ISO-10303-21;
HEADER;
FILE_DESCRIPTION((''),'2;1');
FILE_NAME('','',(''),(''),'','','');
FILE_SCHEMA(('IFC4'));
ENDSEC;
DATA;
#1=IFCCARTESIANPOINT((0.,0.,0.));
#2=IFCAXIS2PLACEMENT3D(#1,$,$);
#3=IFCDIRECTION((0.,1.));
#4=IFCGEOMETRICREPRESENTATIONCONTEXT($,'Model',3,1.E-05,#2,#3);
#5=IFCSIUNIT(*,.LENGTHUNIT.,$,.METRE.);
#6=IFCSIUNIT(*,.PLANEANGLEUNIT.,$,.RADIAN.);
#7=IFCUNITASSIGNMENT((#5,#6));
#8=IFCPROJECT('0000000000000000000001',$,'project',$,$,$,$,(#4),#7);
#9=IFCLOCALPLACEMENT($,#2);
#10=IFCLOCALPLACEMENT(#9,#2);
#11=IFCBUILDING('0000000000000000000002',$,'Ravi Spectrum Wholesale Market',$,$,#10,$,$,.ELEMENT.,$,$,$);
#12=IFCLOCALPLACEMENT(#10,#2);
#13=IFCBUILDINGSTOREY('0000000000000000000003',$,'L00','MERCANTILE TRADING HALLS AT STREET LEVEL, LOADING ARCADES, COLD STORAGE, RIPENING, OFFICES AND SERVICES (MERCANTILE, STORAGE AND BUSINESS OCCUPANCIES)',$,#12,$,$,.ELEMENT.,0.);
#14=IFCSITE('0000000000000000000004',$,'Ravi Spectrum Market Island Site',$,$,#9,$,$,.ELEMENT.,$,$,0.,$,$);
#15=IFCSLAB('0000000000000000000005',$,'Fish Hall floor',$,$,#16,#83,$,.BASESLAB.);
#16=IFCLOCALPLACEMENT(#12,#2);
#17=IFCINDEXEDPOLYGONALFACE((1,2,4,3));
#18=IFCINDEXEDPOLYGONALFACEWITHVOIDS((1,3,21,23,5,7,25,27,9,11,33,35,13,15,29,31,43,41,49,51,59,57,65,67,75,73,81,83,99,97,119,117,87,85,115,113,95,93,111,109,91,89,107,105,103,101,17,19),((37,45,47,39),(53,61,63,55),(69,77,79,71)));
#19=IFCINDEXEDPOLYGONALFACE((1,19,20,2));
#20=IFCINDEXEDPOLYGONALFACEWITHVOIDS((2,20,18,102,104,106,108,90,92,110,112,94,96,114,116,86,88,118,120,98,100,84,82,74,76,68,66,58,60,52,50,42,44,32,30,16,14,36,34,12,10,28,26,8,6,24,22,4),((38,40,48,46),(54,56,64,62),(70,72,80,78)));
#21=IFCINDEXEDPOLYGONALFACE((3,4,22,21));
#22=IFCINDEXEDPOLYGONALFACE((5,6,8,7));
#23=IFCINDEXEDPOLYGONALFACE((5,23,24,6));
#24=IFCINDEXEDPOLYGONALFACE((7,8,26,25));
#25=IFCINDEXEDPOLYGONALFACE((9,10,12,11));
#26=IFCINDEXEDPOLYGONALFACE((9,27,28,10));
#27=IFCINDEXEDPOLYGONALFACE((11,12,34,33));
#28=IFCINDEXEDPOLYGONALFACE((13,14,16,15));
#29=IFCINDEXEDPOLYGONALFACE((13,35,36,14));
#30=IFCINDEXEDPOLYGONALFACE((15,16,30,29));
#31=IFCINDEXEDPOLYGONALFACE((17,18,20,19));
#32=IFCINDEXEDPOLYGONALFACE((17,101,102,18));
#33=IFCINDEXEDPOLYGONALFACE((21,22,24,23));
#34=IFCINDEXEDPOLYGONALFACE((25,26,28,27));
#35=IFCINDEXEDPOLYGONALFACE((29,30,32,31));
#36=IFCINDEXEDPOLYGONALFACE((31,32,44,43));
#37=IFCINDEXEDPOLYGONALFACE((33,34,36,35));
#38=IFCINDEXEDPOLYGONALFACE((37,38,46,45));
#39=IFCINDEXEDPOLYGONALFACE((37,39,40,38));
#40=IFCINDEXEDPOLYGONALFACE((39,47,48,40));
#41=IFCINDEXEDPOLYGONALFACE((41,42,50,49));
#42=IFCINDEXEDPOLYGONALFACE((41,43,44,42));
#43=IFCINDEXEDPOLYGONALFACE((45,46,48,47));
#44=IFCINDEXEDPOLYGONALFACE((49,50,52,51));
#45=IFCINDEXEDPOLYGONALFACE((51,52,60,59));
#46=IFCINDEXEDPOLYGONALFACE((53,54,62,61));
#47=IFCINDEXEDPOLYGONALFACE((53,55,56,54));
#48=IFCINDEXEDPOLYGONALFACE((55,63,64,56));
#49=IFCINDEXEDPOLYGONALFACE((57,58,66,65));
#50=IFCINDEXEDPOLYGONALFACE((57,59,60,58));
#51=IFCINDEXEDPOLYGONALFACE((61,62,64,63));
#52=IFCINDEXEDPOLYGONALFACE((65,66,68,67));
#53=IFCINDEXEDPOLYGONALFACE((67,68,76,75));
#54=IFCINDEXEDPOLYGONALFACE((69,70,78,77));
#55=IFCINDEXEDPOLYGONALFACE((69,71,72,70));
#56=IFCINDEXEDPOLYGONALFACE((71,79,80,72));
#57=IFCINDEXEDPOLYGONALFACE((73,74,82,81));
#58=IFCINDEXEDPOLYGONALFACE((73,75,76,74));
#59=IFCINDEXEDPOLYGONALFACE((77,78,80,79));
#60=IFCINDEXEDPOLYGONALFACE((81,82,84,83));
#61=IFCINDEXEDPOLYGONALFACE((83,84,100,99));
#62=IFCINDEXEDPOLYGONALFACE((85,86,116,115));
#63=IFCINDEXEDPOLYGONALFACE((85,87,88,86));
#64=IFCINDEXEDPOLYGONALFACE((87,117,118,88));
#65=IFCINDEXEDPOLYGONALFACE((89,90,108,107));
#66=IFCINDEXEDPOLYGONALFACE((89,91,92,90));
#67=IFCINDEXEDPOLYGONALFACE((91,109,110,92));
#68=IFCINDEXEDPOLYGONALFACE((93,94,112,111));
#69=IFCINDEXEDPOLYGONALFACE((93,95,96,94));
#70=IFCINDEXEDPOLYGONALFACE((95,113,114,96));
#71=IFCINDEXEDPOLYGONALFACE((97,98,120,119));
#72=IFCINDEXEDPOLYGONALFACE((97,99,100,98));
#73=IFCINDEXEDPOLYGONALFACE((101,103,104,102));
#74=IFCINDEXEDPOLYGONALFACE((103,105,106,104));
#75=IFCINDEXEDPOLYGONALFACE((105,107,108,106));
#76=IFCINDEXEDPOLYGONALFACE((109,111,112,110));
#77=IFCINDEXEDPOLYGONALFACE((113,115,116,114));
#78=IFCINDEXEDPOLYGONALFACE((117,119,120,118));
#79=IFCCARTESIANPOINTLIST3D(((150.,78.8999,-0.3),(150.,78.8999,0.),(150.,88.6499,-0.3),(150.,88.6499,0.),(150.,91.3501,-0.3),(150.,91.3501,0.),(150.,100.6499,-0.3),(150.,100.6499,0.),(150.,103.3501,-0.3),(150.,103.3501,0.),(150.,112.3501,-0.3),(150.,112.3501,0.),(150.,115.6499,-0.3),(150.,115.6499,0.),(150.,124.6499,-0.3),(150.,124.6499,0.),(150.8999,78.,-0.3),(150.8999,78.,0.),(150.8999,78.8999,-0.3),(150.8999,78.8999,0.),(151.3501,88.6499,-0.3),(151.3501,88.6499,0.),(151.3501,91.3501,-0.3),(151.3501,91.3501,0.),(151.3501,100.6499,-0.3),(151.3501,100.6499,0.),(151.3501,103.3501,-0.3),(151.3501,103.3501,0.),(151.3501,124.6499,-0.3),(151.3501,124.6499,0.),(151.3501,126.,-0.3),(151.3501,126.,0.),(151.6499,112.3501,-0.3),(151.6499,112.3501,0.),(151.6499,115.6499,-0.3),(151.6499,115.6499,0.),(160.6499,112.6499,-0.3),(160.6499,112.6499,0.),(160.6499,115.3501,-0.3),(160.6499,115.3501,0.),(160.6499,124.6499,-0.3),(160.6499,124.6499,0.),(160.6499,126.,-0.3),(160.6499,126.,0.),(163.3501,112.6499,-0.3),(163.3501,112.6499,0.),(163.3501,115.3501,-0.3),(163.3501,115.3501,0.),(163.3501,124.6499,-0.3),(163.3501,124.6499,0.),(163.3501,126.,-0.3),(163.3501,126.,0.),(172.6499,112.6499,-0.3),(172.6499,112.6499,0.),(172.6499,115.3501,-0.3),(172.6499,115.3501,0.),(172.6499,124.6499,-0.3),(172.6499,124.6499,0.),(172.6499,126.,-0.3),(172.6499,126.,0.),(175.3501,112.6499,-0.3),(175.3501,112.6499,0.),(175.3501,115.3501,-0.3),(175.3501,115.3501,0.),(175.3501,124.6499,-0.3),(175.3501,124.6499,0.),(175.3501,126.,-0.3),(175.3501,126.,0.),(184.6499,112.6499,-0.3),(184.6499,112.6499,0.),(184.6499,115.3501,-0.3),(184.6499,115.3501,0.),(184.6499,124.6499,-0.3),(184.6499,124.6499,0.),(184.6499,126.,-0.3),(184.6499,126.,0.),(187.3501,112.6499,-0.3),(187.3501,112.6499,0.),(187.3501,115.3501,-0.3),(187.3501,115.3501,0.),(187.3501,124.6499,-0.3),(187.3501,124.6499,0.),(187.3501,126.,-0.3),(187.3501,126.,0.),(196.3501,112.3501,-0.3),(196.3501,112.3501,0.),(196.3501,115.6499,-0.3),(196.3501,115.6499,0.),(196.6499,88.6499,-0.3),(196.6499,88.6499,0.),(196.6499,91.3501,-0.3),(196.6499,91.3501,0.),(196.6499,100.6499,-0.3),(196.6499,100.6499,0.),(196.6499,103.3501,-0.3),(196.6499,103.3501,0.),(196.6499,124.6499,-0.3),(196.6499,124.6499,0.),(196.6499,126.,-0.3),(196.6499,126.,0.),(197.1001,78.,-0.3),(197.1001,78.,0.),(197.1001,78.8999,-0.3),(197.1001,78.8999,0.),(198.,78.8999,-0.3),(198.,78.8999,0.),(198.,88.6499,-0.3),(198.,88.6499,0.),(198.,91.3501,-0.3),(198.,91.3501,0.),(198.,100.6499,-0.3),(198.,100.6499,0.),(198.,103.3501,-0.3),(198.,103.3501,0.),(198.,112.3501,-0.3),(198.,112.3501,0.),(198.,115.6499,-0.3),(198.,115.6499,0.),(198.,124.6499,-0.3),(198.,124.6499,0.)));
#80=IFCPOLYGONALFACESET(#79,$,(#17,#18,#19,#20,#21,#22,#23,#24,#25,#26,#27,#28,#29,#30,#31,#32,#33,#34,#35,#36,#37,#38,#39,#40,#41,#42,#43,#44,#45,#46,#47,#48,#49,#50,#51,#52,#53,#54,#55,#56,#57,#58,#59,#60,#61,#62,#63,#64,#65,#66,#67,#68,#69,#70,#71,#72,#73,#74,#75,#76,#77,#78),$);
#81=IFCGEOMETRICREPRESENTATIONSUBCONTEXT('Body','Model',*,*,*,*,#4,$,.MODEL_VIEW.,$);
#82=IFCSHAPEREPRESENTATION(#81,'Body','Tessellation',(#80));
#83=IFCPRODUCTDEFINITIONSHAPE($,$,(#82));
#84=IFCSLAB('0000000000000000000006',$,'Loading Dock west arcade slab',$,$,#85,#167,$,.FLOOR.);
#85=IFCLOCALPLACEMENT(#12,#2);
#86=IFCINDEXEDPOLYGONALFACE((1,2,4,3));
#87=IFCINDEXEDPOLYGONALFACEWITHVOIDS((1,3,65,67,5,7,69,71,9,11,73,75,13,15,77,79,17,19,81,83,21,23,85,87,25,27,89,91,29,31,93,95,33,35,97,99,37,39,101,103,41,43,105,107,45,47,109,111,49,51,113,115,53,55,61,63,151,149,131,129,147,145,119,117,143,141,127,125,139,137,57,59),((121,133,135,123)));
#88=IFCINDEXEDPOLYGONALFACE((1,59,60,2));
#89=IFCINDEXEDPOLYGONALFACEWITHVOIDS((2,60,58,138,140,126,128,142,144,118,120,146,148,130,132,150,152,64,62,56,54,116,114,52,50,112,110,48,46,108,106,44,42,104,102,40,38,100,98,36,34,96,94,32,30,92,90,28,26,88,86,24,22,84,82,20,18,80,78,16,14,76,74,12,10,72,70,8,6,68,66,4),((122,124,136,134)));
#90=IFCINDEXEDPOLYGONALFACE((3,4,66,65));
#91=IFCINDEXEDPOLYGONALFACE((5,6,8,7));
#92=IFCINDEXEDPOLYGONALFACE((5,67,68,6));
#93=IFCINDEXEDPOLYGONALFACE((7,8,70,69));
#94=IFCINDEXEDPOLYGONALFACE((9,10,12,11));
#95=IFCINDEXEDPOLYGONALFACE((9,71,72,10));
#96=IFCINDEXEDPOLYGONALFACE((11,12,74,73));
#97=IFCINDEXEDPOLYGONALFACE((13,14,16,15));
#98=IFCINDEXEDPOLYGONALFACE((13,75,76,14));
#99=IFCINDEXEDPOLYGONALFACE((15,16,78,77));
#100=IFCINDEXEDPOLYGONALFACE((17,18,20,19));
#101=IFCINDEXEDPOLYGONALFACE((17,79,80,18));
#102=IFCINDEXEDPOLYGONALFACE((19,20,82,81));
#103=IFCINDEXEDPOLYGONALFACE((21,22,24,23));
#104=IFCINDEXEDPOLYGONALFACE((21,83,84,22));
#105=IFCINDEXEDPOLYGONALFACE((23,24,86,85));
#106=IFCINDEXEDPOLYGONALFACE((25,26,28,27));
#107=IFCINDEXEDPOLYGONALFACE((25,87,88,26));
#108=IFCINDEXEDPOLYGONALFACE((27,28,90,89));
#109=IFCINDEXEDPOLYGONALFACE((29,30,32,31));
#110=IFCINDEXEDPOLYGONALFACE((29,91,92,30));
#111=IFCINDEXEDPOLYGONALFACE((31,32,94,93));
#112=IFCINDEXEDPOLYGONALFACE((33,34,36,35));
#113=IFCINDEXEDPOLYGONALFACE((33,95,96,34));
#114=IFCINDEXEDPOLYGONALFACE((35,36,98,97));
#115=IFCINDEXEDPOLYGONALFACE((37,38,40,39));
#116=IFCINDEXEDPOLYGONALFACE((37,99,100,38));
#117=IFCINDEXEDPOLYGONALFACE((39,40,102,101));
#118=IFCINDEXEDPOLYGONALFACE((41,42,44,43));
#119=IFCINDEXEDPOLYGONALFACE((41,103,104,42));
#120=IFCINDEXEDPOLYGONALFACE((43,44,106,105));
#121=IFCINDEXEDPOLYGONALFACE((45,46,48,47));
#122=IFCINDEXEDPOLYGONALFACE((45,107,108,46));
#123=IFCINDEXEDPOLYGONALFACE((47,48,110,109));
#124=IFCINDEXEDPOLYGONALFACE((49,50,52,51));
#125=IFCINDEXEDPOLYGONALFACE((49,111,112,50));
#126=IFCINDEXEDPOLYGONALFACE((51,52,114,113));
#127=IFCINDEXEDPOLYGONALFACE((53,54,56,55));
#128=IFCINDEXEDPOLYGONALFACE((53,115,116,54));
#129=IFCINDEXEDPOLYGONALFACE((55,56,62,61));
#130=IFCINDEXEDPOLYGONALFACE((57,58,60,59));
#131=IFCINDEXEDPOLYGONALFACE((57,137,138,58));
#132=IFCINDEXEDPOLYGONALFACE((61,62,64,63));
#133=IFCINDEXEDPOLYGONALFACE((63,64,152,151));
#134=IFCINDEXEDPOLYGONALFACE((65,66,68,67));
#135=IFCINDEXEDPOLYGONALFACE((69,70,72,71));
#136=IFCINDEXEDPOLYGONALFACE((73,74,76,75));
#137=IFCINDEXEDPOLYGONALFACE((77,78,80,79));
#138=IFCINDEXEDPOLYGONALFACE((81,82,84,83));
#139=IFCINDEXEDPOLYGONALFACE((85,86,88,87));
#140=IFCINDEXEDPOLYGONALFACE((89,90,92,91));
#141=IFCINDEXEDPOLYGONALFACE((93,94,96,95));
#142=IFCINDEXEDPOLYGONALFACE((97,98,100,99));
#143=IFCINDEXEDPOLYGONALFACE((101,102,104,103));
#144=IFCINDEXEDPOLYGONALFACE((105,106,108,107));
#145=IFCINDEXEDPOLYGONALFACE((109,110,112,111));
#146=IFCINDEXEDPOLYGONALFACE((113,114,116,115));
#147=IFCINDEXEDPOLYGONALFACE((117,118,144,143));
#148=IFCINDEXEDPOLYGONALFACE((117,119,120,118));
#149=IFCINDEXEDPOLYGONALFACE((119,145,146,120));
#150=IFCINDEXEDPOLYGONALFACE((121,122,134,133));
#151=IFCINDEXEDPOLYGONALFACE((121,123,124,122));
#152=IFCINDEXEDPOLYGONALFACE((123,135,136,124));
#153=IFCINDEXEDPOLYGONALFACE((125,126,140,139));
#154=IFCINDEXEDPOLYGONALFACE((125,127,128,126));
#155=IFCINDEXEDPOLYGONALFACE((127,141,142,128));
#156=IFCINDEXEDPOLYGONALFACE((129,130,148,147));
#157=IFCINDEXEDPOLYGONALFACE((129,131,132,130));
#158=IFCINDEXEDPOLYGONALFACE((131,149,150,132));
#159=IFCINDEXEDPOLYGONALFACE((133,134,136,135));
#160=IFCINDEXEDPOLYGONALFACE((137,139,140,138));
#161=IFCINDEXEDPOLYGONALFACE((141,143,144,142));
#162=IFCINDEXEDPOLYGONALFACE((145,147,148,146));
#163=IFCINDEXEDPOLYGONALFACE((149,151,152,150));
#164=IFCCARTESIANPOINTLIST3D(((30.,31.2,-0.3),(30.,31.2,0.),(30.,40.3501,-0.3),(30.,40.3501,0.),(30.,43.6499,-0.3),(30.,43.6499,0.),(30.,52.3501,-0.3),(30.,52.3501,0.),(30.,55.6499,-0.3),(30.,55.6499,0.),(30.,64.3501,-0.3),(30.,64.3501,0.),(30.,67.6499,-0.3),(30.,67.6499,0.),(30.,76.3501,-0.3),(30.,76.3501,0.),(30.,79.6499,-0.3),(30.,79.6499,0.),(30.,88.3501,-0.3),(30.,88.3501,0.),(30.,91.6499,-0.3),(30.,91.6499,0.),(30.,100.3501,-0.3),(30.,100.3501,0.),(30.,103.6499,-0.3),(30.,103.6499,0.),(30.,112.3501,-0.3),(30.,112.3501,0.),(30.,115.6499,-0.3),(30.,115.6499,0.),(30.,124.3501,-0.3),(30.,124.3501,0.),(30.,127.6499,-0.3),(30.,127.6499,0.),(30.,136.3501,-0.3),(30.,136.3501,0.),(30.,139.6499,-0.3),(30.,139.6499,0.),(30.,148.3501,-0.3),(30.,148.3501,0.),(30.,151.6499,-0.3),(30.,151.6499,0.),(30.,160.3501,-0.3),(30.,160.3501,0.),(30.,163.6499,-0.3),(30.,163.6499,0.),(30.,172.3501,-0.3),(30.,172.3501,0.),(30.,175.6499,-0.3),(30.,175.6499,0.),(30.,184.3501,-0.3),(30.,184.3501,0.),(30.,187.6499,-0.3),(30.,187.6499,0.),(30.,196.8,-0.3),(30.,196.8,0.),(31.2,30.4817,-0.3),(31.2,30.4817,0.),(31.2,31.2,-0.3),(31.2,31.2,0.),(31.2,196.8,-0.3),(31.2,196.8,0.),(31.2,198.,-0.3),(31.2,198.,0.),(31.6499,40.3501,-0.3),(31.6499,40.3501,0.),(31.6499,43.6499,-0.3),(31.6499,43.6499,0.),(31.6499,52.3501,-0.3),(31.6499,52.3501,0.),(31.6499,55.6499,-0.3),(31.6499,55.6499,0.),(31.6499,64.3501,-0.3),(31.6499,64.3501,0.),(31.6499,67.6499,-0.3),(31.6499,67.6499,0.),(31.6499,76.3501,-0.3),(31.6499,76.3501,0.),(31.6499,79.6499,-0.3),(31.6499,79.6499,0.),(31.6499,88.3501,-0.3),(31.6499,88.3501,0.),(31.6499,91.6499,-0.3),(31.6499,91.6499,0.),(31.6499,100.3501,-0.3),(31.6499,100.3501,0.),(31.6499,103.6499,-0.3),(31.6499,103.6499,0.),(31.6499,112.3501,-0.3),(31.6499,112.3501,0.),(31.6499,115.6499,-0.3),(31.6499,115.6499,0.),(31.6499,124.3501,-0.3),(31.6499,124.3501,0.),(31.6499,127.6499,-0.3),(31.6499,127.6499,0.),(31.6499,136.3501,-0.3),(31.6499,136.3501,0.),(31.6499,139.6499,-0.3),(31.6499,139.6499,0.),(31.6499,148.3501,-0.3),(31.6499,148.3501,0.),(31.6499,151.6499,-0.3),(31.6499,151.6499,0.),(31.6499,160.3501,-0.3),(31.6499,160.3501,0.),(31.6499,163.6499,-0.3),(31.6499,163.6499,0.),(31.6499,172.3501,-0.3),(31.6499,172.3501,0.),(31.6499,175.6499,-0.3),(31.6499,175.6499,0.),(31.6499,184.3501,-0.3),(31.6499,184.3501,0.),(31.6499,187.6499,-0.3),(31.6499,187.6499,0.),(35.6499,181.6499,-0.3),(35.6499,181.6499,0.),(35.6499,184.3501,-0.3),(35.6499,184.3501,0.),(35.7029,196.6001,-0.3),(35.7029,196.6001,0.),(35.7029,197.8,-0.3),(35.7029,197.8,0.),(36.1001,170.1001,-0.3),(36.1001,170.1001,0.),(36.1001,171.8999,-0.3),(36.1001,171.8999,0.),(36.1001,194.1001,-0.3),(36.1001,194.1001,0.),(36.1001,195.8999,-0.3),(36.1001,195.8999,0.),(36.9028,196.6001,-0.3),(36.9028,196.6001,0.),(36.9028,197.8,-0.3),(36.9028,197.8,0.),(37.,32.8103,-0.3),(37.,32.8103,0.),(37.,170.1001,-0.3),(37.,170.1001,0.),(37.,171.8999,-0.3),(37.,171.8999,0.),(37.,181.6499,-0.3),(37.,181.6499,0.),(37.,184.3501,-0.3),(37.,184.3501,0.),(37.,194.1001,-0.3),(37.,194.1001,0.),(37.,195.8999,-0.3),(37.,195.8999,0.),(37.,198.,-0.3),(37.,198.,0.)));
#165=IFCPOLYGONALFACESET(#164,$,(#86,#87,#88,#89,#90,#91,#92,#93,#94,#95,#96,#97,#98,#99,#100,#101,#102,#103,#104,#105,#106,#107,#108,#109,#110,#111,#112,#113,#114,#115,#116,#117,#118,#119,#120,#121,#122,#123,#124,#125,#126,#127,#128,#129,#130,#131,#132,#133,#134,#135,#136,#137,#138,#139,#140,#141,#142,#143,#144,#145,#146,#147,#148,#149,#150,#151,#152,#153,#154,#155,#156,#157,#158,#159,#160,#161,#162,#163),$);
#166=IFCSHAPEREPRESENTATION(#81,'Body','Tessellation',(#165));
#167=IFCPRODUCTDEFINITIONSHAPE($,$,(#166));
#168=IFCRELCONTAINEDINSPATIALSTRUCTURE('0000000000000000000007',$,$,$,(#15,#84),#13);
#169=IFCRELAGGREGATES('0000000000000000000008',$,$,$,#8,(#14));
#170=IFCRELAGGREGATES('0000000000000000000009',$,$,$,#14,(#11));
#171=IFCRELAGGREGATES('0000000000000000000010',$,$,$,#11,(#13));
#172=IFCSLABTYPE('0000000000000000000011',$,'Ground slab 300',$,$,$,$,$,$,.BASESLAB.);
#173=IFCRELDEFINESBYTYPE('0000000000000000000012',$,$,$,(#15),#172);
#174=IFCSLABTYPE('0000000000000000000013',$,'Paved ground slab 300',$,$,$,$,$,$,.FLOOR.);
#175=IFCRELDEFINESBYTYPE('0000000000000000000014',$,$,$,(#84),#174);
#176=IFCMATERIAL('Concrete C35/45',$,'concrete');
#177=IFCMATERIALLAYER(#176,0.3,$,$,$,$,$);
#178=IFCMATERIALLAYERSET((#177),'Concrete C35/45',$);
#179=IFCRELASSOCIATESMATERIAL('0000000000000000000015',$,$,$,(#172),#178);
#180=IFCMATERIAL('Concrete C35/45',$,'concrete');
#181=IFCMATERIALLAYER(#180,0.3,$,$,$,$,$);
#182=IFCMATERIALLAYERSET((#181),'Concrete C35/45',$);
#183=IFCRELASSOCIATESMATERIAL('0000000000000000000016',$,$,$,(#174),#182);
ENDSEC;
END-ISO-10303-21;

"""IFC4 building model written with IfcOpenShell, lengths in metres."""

from ifc_helpers import new_model, si_unit, direction, frame, origin, place, context, subcontext, project, spatial, polyline, outline, extrude, material, layer, layer_set, type_object, element, save


model = new_model("IFC4")

# Units and contexts
model_context = context("Model", 3, precision=1e-05, world=origin(), true_north=direction((0.0, 1.0)))
body_context = subcontext(model_context, "Body", "Model", "MODEL_VIEW")
ifc_project = project(units=[si_unit("LENGTHUNIT", "METRE"), si_unit("PLANEANGLEUNIT", "RADIAN")], contexts=[model_context])

# Site, building, storey
site_placement = place(None, origin())
site = spatial("IfcSite", under=ifc_project, at=site_placement, Name="Ravi Spectrum Market Island Site", CompositionType="ELEMENT", RefElevation=0.0)
building_placement = place(site_placement, origin())
building = spatial("IfcBuilding", under=site, at=building_placement, Name="Ravi Spectrum Wholesale Market", CompositionType="ELEMENT")
storey_placement = place(building_placement, origin())
storey = spatial("IfcBuildingStorey", under=building, at=storey_placement, Name="L00", Description="MERCANTILE TRADING HALLS AT STREET LEVEL, LOADING ARCADES, COLD STORAGE, RIPENING, OFFICES AND SERVICES (MERCANTILE, STORAGE AND BUSINESS OCCUPANCIES)", CompositionType="ELEMENT", Elevation=0.0)

# Slabs
ifc_material_1 = material(Name="Concrete C35/45", Category="concrete")
ifc_layer_1 = layer(ifc_material_1, 0.3)
ifc_layer_set_1 = layer_set([ifc_layer_1], Name="Concrete C35/45")
slab_type_1 = type_object("IfcSlabType", Name="Ground slab 300", PredefinedType="BASESLAB", material=ifc_layer_set_1)
slab_1_placement = place(storey_placement, frame((0.0, 0.0, -0.3)))
element("IfcSlab", 1, at=slab_1_placement, inside=storey, type_object=slab_type_1, Name="Fish Hall floor", PredefinedType="BASESLAB", context=body_context, shape_type="SweptSolid", body=[
    extrude(outline(polyline([(150.8999, 78.0), (150.8999, 78.8999), (150.0, 78.8999), (150.0, 88.6499), (151.3501, 88.6499), (151.3501, 91.3501), (150.0, 91.3501), (150.0, 100.6499), (151.3501, 100.6499), (151.3501, 103.3501), (150.0, 103.3501), (150.0, 112.3501), (151.6499, 112.3501), (151.6499, 115.6499), (150.0, 115.6499), (150.0, 124.6499), (151.3501, 124.6499), (151.3501, 126.0), (160.6499, 126.0), (160.6499, 124.6499), (163.3501, 124.6499), (163.3501, 126.0), (172.6499, 126.0), (172.6499, 124.6499), (175.3501, 124.6499), (175.3501, 126.0), (184.6499, 126.0), (184.6499, 124.6499), (187.3501, 124.6499), (187.3501, 126.0), (196.6499, 126.0), (196.6499, 124.6499), (198.0, 124.6499), (198.0, 115.6499), (196.3501, 115.6499), (196.3501, 112.3501), (198.0, 112.3501), (198.0, 103.3501), (196.6499, 103.3501), (196.6499, 100.6499), (198.0, 100.6499), (198.0, 91.3501), (196.6499, 91.3501), (196.6499, 88.6499), (198.0, 88.6499), (198.0, 78.8999), (197.1001, 78.8999), (197.1001, 78.0), (150.8999, 78.0)]), holes=[polyline([(163.3501, 112.6499), (163.3501, 115.3501), (160.6499, 115.3501), (160.6499, 112.6499), (163.3501, 112.6499)]), polyline([(175.3501, 112.6499), (175.3501, 115.3501), (172.6499, 115.3501), (172.6499, 112.6499), (175.3501, 112.6499)]), polyline([(187.3501, 112.6499), (187.3501, 115.3501), (184.6499, 115.3501), (184.6499, 112.6499), (187.3501, 112.6499)])]), origin(), (0.0, 0.0, 1.0), 0.3),
])
ifc_material_2 = material(Name="Concrete C35/45", Category="concrete")
ifc_layer_2 = layer(ifc_material_2, 0.3)
ifc_layer_set_2 = layer_set([ifc_layer_2], Name="Concrete C35/45")
slab_type_2 = type_object("IfcSlabType", Name="Paved ground slab 300", PredefinedType="FLOOR", material=ifc_layer_set_2)
slab_2_placement = place(storey_placement, frame((0.0, 0.0, -0.3)))
element("IfcSlab", 2, at=slab_2_placement, inside=storey, type_object=slab_type_2, Name="Loading Dock west arcade slab", PredefinedType="FLOOR", context=body_context, shape_type="SweptSolid", body=[
    extrude(outline(polyline([(37.0, 32.8103), (31.2, 30.4817), (31.2, 31.2), (30.0, 31.2), (30.0, 40.3501), (31.6499, 40.3501), (31.6499, 43.6499), (30.0, 43.6499), (30.0, 52.3501), (31.6499, 52.3501), (31.6499, 55.6499), (30.0, 55.6499), (30.0, 64.3501), (31.6499, 64.3501), (31.6499, 67.6499), (30.0, 67.6499), (30.0, 76.3501), (31.6499, 76.3501), (31.6499, 79.6499), (30.0, 79.6499), (30.0, 88.3501), (31.6499, 88.3501), (31.6499, 91.6499), (30.0, 91.6499), (30.0, 100.3501), (31.6499, 100.3501), (31.6499, 103.6499), (30.0, 103.6499), (30.0, 112.3501), (31.6499, 112.3501), (31.6499, 115.6499), (30.0, 115.6499), (30.0, 124.3501), (31.6499, 124.3501), (31.6499, 127.6499), (30.0, 127.6499), (30.0, 136.3501), (31.6499, 136.3501), (31.6499, 139.6499), (30.0, 139.6499), (30.0, 148.3501), (31.6499, 148.3501), (31.6499, 151.6499), (30.0, 151.6499), (30.0, 160.3501), (31.6499, 160.3501), (31.6499, 163.6499), (30.0, 163.6499), (30.0, 172.3501), (31.6499, 172.3501), (31.6499, 175.6499), (30.0, 175.6499), (30.0, 184.3501), (31.6499, 184.3501), (31.6499, 187.6499), (30.0, 187.6499), (30.0, 196.8), (31.2, 196.8), (31.2, 198.0), (37.0, 198.0), (37.0, 195.8999), (36.1001, 195.8999), (36.1001, 194.1001), (37.0, 194.1001), (37.0, 184.3501), (35.6499, 184.3501), (35.6499, 181.6499), (37.0, 181.6499), (37.0, 171.8999), (36.1001, 171.8999), (36.1001, 170.1001), (37.0, 170.1001), (37.0, 32.8103)]), holes=[polyline([(35.7029, 196.6001), (36.9028, 196.6001), (36.9028, 197.8), (35.7029, 197.8), (35.7029, 196.6001)])]), origin(), (0.0, 0.0, 1.0), 0.3),
])

save(model, "model.ifc")
